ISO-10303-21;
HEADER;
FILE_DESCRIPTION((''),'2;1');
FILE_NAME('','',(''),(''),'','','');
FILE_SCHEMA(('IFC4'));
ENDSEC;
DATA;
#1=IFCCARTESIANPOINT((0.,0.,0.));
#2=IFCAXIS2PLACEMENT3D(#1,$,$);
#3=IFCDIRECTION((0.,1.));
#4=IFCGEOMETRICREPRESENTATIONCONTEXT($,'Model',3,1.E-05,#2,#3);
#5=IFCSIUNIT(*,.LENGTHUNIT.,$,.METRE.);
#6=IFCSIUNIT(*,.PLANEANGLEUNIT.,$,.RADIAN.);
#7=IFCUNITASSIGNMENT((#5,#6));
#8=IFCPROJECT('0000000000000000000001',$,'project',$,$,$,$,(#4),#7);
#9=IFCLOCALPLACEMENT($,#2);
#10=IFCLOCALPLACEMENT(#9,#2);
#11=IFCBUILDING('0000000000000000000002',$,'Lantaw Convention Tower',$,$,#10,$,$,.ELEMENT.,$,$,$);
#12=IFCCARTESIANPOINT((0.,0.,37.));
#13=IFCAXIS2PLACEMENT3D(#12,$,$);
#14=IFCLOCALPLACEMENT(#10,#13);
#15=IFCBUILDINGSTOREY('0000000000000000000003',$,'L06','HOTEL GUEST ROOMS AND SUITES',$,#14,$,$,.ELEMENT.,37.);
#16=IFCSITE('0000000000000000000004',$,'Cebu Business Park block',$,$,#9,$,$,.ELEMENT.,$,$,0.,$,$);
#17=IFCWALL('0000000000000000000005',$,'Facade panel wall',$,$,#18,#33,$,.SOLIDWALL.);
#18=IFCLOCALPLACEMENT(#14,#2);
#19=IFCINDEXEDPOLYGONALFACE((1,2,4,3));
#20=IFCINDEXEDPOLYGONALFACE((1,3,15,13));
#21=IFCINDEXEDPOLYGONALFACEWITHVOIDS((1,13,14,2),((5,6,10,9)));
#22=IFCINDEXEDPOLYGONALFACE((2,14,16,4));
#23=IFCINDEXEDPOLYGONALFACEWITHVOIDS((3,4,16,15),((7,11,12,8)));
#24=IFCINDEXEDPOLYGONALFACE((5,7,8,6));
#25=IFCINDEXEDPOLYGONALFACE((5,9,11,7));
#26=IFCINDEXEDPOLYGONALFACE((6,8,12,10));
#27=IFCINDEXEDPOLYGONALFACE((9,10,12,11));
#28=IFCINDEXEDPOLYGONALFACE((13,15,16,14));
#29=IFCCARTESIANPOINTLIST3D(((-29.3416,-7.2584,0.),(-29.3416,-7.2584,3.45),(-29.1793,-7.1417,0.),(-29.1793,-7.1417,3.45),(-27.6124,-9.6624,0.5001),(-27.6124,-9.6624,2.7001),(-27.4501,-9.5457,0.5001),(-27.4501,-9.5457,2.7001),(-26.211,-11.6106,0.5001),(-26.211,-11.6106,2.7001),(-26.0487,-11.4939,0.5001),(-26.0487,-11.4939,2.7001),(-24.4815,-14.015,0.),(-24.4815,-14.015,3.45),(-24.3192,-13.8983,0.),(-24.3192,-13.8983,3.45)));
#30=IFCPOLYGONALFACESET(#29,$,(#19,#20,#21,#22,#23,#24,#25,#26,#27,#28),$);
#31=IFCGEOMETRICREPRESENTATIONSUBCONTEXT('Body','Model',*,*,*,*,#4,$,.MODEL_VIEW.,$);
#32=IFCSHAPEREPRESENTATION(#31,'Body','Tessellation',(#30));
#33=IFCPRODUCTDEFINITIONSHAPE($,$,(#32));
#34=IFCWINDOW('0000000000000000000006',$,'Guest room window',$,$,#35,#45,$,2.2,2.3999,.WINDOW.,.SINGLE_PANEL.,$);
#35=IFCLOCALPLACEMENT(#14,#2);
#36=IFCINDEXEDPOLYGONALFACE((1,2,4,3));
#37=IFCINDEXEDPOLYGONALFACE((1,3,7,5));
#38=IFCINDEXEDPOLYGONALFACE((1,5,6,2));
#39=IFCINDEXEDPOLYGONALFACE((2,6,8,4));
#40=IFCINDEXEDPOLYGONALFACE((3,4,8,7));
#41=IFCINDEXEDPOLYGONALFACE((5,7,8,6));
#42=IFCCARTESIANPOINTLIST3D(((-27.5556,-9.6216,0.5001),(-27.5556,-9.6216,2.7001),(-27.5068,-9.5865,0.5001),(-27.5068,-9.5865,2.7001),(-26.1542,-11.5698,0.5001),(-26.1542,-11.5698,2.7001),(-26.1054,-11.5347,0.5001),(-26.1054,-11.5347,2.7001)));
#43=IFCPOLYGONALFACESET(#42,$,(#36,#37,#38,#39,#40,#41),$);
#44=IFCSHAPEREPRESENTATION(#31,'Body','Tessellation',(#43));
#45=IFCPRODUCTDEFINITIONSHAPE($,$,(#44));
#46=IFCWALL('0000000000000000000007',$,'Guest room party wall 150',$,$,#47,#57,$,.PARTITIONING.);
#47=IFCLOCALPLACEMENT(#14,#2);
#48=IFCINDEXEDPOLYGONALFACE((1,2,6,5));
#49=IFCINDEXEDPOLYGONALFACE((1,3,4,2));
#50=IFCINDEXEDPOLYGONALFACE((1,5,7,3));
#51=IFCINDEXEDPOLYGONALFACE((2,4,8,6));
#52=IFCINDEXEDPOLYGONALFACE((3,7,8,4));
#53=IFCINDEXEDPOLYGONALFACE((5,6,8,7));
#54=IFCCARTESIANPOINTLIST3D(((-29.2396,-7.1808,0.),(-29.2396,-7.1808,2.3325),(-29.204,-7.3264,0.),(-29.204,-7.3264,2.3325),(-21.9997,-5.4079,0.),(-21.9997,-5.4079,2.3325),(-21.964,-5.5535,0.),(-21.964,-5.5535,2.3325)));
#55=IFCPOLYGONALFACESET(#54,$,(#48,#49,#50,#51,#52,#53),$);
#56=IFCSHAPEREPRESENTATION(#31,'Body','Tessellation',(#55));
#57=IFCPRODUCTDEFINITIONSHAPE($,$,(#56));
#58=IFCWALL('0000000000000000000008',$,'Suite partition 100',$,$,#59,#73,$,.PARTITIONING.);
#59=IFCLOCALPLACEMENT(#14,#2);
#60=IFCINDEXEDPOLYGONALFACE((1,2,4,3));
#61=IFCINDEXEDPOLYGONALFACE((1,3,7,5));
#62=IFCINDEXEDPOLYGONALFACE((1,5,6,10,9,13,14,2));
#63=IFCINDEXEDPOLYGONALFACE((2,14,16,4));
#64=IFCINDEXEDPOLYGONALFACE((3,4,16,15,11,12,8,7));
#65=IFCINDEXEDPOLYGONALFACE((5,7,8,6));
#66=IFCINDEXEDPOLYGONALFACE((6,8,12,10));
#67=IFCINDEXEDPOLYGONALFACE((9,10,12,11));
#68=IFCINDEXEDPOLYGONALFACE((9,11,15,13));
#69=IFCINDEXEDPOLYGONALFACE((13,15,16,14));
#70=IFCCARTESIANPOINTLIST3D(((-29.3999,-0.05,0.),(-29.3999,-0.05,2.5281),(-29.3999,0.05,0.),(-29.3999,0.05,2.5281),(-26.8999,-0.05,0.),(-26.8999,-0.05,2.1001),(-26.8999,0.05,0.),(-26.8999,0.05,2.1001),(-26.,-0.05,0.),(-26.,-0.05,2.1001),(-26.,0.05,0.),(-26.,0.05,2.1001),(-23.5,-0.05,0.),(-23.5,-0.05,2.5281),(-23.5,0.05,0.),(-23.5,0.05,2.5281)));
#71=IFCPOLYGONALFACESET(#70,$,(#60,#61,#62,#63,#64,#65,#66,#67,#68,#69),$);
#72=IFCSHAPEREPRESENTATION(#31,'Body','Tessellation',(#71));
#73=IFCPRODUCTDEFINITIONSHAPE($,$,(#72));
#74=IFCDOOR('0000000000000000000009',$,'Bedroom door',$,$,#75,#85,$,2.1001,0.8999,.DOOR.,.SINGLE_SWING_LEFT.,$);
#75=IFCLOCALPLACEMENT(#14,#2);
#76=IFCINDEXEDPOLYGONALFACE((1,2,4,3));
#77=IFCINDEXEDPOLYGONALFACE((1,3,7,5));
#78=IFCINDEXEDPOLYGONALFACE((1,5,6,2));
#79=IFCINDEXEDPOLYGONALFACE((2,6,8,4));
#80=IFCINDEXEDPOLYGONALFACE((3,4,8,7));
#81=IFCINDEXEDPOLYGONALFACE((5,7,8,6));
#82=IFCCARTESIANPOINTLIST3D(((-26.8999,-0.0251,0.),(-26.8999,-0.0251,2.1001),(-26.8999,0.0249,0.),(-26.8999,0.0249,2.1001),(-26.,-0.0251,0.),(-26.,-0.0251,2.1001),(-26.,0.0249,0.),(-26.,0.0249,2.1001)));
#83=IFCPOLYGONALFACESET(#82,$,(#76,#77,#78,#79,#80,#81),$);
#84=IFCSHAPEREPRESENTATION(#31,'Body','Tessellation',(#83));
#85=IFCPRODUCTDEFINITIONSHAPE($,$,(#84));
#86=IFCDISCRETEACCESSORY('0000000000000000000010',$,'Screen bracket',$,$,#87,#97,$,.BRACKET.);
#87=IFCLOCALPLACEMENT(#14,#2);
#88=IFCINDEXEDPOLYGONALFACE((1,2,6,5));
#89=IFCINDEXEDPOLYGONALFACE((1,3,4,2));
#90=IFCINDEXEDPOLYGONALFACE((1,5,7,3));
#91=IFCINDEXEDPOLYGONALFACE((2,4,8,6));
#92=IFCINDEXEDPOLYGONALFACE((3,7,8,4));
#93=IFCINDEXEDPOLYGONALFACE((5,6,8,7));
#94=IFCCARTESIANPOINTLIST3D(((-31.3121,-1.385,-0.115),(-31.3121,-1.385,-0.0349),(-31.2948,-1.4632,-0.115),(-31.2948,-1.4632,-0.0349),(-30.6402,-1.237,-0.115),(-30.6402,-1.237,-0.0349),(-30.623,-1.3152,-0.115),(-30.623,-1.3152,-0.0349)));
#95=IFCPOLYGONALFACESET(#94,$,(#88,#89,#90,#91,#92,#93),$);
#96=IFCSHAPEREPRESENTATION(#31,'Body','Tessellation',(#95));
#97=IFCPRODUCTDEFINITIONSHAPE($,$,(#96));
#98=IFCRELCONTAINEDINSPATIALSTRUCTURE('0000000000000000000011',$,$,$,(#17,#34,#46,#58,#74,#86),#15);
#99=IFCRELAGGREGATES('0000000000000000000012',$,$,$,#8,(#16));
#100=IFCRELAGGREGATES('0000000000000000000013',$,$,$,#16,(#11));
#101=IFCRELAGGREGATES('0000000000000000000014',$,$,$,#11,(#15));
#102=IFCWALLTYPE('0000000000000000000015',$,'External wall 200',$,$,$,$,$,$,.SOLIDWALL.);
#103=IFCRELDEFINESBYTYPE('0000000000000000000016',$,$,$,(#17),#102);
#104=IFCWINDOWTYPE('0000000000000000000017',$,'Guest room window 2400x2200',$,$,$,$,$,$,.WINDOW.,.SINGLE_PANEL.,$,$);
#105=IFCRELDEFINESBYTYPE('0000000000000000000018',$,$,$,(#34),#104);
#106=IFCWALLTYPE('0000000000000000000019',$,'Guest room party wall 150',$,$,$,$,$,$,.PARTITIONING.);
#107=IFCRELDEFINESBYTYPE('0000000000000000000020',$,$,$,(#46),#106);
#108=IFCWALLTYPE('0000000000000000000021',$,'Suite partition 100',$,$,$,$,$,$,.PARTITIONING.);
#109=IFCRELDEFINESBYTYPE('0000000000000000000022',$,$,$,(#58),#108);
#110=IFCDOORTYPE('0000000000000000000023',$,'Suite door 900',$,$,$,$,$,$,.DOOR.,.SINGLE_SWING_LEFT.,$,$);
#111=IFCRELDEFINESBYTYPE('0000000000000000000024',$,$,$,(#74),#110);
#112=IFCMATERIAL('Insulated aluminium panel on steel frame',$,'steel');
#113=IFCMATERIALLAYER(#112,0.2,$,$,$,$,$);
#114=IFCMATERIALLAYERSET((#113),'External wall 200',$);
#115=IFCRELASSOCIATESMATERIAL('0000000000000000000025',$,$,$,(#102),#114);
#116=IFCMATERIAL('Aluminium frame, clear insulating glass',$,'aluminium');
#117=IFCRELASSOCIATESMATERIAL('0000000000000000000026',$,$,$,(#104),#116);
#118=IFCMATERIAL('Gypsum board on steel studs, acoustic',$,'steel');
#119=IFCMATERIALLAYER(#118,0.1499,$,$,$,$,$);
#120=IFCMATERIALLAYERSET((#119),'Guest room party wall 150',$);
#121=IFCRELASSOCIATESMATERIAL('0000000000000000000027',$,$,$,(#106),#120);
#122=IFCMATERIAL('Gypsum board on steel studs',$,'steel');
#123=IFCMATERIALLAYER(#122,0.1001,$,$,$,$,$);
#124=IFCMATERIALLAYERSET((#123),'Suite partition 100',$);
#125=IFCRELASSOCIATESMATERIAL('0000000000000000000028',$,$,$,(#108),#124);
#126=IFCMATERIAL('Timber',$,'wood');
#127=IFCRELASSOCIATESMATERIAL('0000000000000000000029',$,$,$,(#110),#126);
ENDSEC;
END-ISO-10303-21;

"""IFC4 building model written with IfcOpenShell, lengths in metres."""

from ifc_helpers import new_model, si_unit, direction, frame, frame_2d, origin, origin_2d, place, context, subcontext, project, spatial, rectangle, extrude, material, layer, layer_set, type_object, element, fill, save


model = new_model("IFC4")

# Units and contexts
model_context = context("Model", 3, precision=1e-05, world=origin(), true_north=direction((0.0, 1.0)))
body_context = subcontext(model_context, "Body", "Model", "MODEL_VIEW")
ifc_project = project(units=[si_unit("LENGTHUNIT", "METRE"), si_unit("PLANEANGLEUNIT", "RADIAN")], contexts=[model_context])

# Site, building, storey
site_placement = place(None, origin())
site = spatial("IfcSite", under=ifc_project, at=site_placement, Name="Cebu Business Park block", CompositionType="ELEMENT", RefElevation=0.0)
building_placement = place(site_placement, origin())
building = spatial("IfcBuilding", under=site, at=building_placement, Name="Lantaw Convention Tower", CompositionType="ELEMENT")
storey_placement = place(building_placement, frame((0.0, 0.0, 37.0)))
storey = spatial("IfcBuildingStorey", under=building, at=storey_placement, Name="L06", Description="HOTEL GUEST ROOMS AND SUITES", CompositionType="ELEMENT", Elevation=37.0)

# Shared definitions
ifc_material_1 = material(Name="Timber", Category="wood")

# Wall, opening, window
ifc_material_2 = material(Name="Insulated aluminium panel on steel frame", Category="steel")
ifc_layer_1 = layer(ifc_material_2, 0.2)
ifc_layer_set_1 = layer_set([ifc_layer_1], Name="External wall 200")
wall_type_1 = type_object("IfcWallType", Name="External wall 200", PredefinedType="SOLIDWALL", material=ifc_layer_set_1)
wall_1_placement = place(storey_placement, frame((-29.2605, -7.2, 0.0), z_axis=(0.0, 0.0, 1.0), x_axis=(0.583938, -0.811799, 0.0)))
wall_1 = element("IfcWall", 1, at=wall_1_placement, inside=storey, type_object=wall_type_1, Name="Facade panel wall", PredefinedType="SOLIDWALL", context=body_context, shape_type="SweptSolid", body=[
    extrude(rectangle(XDim=8.323, YDim=0.2, at=frame_2d((4.1616, 0.0))), origin(), (0.0, 0.0, 1.0), 3.45),
])
opening_1_placement = place(wall_1_placement, frame((2.9614, 0.0, 0.5)))
opening_1 = element("IfcOpeningElement", 2, at=opening_1_placement, cuts=wall_1, PredefinedType="OPENING", context=body_context, shape_type="SweptSolid", body=[
    extrude(rectangle(XDim=2.3999, YDim=2.2, at=frame_2d((1.2, 1.1001))), frame((0.0, 0.1099, 0.0), z_axis=(0.0, -1.0, 0.0), x_axis=(1.0, 0.0, 0.0)), (0.0, 0.0, 1.0), 0.22),
])
ifc_material_3 = material(Name="Aluminium frame, clear insulating glass", Category="aluminium")
window_type = type_object("IfcWindowType", Name="Guest room window 2400x2200", PartitioningType="SINGLE_PANEL", PredefinedType="WINDOW", material=ifc_material_3)
window_placement = place(opening_1_placement, origin())
window = element("IfcWindow", 3, at=window_placement, inside=storey, type_object=window_type, Name="Guest room window", OverallHeight=2.2, OverallWidth=2.3999, PartitioningType="SINGLE_PANEL", PredefinedType="WINDOW", context=body_context, shape_type="SweptSolid", body=[
    extrude(rectangle(XDim=2.3999, YDim=2.2, at=frame_2d((1.2, 1.1001))), frame((0.0, 0.03, 0.0), z_axis=(0.0, -1.0, 0.0), x_axis=(1.0, 0.0, 0.0)), (0.0, 0.0, 1.0), 0.0601),
])
fill(opening_1, window)

# Wall
ifc_material_4 = material(Name="Gypsum board on steel studs, acoustic", Category="steel")
ifc_layer_2 = layer(ifc_material_4, 0.1499)
ifc_layer_set_2 = layer_set([ifc_layer_2], Name="Guest room party wall 150")
wall_type_2 = type_object("IfcWallType", Name="Guest room party wall 150", PredefinedType="PARTITIONING", material=ifc_layer_set_2)
wall_2_placement = place(storey_placement, frame((-29.2219, -7.2537, 0.0), z_axis=(0.0, 0.0, 1.0), x_axis=(0.971301, 0.237855, 0.0)))
element("IfcWall", 4, at=wall_2_placement, inside=storey, type_object=wall_type_2, Name="Guest room party wall 150", PredefinedType="PARTITIONING", context=body_context, shape_type="SweptSolid", body=[
    extrude(rectangle(XDim=7.4539, YDim=0.1499, at=frame_2d((3.7271, 0.0))), origin(), (0.0, 0.0, 1.0), 2.3325),
])

# Wall, opening, door
ifc_material_5 = material(Name="Gypsum board on steel studs", Category="steel")
ifc_layer_3 = layer(ifc_material_5, 0.1001)
ifc_layer_set_3 = layer_set([ifc_layer_3], Name="Suite partition 100")
wall_type_3 = type_object("IfcWallType", Name="Suite partition 100", PredefinedType="PARTITIONING", material=ifc_layer_set_3)
wall_3_placement = place(storey_placement, frame((-29.3999, 0.0, 0.0), z_axis=(0.0, 0.0, 1.0), x_axis=(1.0, 0.0, 0.0)))
wall_3 = element("IfcWall", 5, at=wall_3_placement, inside=storey, type_object=wall_type_3, Name="Suite partition 100", PredefinedType="PARTITIONING", context=body_context, shape_type="SweptSolid", body=[
    extrude(rectangle(XDim=5.8999, YDim=0.1001, at=frame_2d((2.95, 0.0))), origin(), (0.0, 0.0, 1.0), 2.5281),
])
opening_2_placement = place(wall_3_placement, frame((2.5, 0.0, 0.0)))
opening_2 = element("IfcOpeningElement", 6, at=opening_2_placement, cuts=wall_3, PredefinedType="OPENING", context=body_context, shape_type="SweptSolid", body=[
    extrude(rectangle(XDim=0.8999, YDim=2.1001, at=frame_2d((0.45, 1.05))), frame((0.0, 0.0601, 0.0), z_axis=(0.0, -1.0, 0.0), x_axis=(1.0, 0.0, 0.0)), (0.0, 0.0, 1.0), 0.1201),
])
door_type_1 = type_object("IfcDoorType", Name="Suite door 900", OperationType="SINGLE_SWING_LEFT", PredefinedType="DOOR", material=ifc_material_1)
door_1_placement = place(opening_2_placement, origin())
door_1 = element("IfcDoor", 7, at=door_1_placement, inside=storey, type_object=door_type_1, Name="Bedroom door", OperationType="SINGLE_SWING_LEFT", OverallHeight=2.1001, OverallWidth=0.8999, PredefinedType="DOOR", context=body_context, shape_type="SweptSolid", body=[
    extrude(rectangle(XDim=0.8999, YDim=2.1001, at=frame_2d((0.45, 1.05))), frame((0.0, 0.0249, 0.0), z_axis=(0.0, -1.0, 0.0), x_axis=(1.0, 0.0, 0.0)), (0.0, 0.0, 1.0), 0.05),
])
fill(opening_2, door_1)

# Discrete accessory
discrete_accessory_placement = place(storey_placement, frame((-30.9675, -1.3501, -0.115), z_axis=(0.0, 0.0, 1.0), x_axis=(0.215246, -0.97656, 0.0)))
element("IfcDiscreteAccessory", 8, at=discrete_accessory_placement, inside=storey, Name="Screen bracket", PredefinedType="BRACKET", context=body_context, shape_type="SweptSolid", body=[
    extrude(rectangle(XDim=0.0801, YDim=0.688, at=origin_2d()), origin(), (0.0, 0.0, 1.0), 0.0801),
])

save(model, "model.ifc")
